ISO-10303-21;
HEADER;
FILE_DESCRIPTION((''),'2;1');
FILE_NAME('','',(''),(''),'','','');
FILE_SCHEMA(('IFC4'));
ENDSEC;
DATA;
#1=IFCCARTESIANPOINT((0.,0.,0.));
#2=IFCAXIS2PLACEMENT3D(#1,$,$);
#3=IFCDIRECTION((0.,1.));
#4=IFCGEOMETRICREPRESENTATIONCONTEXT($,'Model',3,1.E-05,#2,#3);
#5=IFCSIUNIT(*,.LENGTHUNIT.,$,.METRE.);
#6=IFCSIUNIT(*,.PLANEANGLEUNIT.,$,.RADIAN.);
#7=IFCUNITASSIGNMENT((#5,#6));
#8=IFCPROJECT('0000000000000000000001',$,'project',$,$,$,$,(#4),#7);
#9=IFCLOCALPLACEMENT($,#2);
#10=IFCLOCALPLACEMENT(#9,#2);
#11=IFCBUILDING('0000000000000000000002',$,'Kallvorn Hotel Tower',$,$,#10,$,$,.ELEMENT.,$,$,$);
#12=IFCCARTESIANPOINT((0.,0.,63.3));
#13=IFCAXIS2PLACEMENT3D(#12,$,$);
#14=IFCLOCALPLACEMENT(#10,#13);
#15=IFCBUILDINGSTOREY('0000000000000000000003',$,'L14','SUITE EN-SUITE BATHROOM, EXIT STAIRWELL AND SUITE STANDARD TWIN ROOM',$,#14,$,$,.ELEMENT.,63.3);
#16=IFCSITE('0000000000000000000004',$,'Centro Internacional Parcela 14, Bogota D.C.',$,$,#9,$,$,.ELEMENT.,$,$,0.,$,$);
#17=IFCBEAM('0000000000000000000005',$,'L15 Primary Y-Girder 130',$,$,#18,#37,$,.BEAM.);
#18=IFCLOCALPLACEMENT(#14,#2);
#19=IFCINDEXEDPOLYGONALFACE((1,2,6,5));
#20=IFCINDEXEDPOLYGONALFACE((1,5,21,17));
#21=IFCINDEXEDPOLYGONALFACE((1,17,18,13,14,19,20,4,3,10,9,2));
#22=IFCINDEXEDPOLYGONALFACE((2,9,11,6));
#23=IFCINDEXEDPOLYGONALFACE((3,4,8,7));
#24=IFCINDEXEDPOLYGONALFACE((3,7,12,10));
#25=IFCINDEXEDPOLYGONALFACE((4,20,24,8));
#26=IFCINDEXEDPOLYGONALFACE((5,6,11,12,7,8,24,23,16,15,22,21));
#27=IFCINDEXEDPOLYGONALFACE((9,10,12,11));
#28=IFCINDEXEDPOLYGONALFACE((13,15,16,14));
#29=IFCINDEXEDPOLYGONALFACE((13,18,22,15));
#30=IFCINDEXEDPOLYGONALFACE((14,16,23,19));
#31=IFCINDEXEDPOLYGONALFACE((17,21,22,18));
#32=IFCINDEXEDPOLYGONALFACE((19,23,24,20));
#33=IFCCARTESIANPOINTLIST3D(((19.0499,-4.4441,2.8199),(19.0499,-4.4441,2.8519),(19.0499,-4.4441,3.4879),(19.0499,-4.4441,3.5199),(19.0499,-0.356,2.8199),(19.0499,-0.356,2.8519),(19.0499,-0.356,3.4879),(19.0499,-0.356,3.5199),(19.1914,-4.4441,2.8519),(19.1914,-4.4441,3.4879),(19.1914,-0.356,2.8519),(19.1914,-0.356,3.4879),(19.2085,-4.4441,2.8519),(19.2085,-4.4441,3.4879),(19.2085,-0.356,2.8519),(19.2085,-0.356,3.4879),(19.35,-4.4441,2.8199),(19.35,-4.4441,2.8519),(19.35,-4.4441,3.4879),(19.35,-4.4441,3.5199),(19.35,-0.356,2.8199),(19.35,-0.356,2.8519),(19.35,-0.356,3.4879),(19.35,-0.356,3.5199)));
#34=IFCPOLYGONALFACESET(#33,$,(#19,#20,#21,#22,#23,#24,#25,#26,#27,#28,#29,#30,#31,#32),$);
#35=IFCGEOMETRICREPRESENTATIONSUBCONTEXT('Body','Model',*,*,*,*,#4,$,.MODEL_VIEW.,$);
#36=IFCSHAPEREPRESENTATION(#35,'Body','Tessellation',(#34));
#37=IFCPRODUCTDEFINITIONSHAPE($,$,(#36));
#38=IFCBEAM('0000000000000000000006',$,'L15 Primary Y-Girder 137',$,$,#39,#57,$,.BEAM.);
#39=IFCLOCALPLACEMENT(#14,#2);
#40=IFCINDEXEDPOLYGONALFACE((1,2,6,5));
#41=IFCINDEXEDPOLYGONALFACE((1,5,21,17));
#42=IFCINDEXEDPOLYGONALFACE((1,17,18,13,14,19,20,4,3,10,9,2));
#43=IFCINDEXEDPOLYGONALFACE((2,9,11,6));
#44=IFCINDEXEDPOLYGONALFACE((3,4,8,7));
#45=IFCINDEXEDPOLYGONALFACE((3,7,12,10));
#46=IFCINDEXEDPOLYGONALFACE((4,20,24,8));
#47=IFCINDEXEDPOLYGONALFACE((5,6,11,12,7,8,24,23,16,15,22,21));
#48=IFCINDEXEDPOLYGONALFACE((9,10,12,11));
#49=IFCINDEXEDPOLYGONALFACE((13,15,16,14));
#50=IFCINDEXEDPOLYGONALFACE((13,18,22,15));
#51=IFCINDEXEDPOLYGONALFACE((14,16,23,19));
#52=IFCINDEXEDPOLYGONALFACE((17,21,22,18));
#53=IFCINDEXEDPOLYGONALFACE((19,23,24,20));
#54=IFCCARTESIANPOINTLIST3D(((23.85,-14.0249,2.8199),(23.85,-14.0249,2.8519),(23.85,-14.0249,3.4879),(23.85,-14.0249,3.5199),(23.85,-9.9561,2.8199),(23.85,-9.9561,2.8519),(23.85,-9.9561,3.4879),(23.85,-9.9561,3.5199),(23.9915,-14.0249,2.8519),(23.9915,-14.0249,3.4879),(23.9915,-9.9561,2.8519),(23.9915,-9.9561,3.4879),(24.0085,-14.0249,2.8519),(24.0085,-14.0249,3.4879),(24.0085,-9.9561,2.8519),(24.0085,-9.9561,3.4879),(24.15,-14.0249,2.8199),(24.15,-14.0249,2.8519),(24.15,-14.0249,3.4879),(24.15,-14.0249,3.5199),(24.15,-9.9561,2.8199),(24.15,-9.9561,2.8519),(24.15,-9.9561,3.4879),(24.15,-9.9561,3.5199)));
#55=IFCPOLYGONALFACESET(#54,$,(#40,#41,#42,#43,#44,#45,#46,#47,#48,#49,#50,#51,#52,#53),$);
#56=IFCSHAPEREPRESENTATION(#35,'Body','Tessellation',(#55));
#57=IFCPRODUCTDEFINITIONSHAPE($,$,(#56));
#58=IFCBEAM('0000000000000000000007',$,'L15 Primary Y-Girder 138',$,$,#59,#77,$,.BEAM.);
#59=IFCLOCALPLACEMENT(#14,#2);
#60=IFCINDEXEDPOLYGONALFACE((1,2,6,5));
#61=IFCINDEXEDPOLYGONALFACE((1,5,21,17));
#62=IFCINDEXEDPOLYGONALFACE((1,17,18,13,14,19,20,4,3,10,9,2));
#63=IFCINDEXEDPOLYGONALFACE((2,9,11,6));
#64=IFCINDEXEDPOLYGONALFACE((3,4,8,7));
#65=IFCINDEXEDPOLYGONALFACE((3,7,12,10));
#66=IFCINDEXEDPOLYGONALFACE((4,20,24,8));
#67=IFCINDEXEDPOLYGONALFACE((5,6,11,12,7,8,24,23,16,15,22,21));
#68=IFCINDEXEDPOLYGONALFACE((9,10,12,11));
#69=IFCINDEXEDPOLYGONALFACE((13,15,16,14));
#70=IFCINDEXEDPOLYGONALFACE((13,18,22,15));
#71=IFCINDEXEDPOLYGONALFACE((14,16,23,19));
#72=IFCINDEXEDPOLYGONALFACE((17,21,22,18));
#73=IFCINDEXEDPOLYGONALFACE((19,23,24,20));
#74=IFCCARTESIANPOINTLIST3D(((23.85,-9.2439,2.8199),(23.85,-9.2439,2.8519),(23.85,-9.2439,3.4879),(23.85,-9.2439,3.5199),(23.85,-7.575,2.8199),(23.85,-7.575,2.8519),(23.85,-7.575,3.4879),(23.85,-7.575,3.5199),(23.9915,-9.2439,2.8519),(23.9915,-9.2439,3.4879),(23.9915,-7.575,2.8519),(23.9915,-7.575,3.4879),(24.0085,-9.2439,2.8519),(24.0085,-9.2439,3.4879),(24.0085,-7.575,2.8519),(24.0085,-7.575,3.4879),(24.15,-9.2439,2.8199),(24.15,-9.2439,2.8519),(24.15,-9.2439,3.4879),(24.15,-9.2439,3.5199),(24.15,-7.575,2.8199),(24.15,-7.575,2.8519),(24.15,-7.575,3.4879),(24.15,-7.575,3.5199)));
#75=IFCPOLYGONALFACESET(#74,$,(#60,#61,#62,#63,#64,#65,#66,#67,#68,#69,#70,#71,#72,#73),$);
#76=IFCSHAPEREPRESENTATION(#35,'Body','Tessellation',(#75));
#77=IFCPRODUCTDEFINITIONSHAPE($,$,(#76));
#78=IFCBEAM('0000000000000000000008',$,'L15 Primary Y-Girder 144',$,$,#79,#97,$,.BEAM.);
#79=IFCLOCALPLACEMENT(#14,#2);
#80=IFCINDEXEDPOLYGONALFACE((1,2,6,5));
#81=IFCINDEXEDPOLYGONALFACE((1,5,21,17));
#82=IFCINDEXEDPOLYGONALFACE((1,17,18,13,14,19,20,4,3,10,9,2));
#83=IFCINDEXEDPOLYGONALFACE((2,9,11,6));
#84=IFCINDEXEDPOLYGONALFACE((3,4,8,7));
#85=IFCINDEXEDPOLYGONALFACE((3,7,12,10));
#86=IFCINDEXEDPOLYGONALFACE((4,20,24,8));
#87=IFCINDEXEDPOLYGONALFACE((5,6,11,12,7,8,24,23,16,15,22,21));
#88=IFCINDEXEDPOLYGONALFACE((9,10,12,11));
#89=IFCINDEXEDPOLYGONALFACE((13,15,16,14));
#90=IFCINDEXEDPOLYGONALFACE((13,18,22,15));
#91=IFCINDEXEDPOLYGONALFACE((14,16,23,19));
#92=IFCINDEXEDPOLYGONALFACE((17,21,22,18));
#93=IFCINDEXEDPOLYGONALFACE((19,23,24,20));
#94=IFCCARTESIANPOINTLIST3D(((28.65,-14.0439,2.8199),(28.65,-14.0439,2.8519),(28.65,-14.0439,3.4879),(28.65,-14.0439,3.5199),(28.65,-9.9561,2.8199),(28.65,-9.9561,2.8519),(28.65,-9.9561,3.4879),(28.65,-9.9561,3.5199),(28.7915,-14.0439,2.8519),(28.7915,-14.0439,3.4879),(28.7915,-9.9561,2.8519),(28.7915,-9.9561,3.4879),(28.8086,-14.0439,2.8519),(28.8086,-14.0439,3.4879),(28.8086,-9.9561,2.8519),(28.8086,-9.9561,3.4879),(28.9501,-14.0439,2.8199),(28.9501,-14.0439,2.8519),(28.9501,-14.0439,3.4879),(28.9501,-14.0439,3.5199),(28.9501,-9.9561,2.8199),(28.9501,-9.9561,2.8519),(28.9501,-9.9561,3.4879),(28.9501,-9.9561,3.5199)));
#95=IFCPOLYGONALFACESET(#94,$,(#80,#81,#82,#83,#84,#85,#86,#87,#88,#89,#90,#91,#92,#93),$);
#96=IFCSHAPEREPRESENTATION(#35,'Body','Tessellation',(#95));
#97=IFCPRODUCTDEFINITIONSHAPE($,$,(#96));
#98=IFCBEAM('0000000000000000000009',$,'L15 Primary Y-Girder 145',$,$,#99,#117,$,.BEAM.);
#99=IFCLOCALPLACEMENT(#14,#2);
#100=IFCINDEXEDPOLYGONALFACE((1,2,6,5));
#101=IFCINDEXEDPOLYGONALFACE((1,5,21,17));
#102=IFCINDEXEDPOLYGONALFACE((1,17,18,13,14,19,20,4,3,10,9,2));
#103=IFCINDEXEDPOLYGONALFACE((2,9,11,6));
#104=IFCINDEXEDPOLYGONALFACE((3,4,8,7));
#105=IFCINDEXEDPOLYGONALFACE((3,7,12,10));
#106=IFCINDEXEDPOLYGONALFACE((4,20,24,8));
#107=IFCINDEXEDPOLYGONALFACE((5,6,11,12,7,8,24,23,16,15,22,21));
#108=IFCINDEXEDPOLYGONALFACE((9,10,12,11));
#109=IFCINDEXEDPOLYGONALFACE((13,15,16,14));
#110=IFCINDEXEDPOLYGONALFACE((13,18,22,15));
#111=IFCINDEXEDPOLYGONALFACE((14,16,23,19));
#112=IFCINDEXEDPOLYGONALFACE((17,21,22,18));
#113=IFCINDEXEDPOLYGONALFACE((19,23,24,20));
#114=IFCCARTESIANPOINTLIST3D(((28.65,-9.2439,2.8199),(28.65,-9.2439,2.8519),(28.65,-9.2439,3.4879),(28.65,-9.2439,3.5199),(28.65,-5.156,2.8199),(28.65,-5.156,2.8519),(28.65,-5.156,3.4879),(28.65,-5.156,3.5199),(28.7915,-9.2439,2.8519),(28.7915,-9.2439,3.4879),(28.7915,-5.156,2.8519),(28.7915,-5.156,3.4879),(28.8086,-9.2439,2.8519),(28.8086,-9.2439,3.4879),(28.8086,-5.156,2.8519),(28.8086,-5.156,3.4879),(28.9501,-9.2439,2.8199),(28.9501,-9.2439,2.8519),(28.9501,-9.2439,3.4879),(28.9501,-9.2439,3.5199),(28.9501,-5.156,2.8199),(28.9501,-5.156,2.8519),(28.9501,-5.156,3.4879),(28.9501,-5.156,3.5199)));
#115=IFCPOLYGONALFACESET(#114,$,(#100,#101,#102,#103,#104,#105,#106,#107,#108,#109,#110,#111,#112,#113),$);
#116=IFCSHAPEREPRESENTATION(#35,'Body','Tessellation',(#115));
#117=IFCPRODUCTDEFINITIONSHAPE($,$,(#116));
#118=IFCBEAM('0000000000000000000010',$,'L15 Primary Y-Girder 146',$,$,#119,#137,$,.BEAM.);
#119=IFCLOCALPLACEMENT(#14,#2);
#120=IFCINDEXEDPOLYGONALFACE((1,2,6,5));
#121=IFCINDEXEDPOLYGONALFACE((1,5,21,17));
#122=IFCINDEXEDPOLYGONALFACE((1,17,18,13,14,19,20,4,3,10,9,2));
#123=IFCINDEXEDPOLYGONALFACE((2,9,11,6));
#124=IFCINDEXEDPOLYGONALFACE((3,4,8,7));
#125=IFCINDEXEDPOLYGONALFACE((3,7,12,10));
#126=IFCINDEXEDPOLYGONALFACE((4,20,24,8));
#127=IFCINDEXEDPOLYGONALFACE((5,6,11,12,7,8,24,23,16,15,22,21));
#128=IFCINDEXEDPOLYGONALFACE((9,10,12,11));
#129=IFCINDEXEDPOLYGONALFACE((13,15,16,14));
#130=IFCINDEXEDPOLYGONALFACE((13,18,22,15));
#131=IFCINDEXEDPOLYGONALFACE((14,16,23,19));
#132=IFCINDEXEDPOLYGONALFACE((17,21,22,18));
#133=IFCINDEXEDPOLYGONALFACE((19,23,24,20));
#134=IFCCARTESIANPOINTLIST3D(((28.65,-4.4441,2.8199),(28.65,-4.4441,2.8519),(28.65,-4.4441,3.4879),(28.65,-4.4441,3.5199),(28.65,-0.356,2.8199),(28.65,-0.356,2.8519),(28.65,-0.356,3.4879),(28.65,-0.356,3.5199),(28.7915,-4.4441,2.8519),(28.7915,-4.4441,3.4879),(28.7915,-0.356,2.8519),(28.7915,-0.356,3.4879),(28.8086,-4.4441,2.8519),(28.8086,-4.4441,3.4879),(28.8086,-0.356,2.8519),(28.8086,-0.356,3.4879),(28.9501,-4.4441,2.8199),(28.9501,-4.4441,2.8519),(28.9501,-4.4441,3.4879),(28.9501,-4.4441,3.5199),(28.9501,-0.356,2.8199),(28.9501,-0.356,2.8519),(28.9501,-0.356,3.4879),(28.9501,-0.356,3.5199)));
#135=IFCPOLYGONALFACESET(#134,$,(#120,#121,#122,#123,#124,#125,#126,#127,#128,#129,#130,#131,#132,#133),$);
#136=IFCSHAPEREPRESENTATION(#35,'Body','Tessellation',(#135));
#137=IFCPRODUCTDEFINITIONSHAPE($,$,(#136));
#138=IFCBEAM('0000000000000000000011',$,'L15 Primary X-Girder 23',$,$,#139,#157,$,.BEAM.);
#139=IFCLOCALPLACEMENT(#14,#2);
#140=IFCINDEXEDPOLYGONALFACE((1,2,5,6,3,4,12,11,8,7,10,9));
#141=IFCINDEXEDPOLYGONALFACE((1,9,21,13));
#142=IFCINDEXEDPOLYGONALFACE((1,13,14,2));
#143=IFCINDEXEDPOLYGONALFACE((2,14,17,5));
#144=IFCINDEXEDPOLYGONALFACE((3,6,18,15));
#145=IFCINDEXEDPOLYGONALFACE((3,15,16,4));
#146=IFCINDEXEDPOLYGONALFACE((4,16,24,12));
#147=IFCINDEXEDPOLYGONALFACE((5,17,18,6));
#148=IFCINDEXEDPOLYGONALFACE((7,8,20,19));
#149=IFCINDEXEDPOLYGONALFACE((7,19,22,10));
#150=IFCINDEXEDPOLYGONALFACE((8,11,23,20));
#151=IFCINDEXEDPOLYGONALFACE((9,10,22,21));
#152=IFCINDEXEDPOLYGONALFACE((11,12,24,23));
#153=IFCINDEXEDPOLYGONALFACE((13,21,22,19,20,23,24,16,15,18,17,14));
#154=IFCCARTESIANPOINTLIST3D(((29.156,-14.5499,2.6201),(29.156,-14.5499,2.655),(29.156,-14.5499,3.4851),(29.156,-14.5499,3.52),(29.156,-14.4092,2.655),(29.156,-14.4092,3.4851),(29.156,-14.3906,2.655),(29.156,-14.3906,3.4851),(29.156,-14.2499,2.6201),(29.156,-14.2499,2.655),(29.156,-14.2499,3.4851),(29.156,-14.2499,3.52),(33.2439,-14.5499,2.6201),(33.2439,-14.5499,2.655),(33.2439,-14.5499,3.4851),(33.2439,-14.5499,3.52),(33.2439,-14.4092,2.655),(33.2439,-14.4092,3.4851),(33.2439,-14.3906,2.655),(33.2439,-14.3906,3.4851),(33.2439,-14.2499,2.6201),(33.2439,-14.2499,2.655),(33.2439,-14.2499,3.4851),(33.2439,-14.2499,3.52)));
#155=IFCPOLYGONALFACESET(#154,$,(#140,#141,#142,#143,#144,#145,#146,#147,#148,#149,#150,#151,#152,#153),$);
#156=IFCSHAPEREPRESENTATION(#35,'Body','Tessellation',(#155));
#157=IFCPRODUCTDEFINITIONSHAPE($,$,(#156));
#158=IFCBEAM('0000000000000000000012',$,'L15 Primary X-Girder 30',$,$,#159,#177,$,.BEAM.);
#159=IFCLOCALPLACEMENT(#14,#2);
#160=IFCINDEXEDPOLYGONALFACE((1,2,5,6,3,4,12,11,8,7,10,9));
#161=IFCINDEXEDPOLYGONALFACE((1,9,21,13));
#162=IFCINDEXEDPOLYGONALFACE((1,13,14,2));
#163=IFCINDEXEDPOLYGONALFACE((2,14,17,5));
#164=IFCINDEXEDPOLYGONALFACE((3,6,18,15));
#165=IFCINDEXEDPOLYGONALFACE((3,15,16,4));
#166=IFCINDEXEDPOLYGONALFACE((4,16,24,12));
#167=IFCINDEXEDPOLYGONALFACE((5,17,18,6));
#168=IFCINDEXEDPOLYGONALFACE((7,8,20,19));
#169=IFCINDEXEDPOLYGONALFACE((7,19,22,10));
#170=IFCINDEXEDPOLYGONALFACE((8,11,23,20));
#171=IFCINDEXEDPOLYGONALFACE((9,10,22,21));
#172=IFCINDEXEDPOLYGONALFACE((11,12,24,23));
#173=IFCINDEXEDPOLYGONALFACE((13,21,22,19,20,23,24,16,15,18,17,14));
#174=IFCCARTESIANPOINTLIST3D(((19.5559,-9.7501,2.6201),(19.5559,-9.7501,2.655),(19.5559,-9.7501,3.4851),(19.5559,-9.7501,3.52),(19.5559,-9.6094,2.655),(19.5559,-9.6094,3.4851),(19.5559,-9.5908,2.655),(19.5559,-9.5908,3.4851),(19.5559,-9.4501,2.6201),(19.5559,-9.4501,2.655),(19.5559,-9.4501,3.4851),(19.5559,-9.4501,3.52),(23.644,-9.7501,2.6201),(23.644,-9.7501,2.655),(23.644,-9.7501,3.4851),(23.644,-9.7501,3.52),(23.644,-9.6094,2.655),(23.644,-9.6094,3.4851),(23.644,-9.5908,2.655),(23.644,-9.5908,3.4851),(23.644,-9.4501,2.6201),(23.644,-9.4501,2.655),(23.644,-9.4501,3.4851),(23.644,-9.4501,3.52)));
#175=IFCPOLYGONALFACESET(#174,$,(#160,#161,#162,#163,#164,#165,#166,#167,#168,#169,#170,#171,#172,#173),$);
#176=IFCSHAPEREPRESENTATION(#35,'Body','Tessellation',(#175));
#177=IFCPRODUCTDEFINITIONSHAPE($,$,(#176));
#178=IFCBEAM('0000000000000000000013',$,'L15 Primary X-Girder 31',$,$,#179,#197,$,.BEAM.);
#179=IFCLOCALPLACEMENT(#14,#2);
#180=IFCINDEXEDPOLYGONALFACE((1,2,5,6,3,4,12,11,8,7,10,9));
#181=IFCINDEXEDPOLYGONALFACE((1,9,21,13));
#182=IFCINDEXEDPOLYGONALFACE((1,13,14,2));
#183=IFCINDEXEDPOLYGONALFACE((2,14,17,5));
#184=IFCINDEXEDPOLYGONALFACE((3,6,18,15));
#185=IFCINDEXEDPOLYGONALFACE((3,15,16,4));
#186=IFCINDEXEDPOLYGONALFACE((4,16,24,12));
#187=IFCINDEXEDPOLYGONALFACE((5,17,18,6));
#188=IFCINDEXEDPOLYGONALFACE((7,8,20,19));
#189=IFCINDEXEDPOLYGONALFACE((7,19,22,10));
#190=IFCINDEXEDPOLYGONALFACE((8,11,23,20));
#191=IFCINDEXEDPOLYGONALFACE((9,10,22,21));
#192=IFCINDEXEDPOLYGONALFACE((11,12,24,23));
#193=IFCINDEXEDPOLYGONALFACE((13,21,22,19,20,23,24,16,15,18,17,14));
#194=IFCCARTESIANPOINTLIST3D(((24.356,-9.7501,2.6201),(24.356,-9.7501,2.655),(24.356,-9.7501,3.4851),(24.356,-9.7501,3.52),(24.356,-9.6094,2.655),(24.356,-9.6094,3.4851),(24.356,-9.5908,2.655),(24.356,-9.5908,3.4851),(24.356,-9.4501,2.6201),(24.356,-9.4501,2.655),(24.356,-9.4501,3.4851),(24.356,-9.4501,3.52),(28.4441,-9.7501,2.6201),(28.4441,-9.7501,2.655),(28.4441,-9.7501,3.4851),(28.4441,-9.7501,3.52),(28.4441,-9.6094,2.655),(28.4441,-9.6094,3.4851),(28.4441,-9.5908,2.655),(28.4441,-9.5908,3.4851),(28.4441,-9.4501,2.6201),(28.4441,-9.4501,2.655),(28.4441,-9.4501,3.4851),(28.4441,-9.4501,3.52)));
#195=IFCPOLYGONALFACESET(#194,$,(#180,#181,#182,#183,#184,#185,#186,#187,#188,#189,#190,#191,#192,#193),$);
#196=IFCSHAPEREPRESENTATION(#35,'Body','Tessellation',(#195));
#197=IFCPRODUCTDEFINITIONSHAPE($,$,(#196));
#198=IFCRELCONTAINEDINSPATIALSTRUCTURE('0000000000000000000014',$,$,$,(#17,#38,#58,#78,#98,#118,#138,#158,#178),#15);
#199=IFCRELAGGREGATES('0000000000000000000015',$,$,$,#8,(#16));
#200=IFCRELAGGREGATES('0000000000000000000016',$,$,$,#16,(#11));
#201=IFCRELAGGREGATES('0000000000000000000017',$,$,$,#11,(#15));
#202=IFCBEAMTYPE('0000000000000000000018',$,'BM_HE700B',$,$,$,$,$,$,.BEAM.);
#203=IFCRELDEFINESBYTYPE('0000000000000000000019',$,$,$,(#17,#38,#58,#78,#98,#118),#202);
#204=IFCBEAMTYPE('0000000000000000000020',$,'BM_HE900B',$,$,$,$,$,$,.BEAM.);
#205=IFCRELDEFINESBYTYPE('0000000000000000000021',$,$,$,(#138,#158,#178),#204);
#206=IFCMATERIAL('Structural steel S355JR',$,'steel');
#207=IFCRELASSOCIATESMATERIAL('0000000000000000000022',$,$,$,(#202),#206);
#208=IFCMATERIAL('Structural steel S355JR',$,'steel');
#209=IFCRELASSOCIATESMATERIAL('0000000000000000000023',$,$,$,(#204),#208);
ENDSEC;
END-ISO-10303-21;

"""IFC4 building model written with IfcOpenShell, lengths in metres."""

from ifc_helpers import new_model, si_unit, direction, frame, origin, origin_2d, place, context, subcontext, project, spatial, i_section, extrude, material, material_profile, profile_set, type_object, element, save


model = new_model("IFC4")

# Units and contexts
model_context = context("Model", 3, precision=1e-05, world=origin(), true_north=direction((0.0, 1.0)))
body_context = subcontext(model_context, "Body", "Model", "MODEL_VIEW")
ifc_project = project(units=[si_unit("LENGTHUNIT", "METRE"), si_unit("PLANEANGLEUNIT", "RADIAN")], contexts=[model_context])

# Site, building, storey
site_placement = place(None, origin())
site = spatial("IfcSite", under=ifc_project, at=site_placement, Name="Centro Internacional Parcela 14, Bogota D.C.", CompositionType="ELEMENT", RefElevation=0.0)
building_placement = place(site_placement, origin())
building = spatial("IfcBuilding", under=site, at=building_placement, Name="Kallvorn Hotel Tower", CompositionType="ELEMENT")
storey_placement = place(building_placement, frame((0.0, 0.0, 63.3)))
storey = spatial("IfcBuildingStorey", under=building, at=storey_placement, Name="L14", Description="SUITE EN-SUITE BATHROOM, EXIT STAIRWELL AND SUITE STANDARD TWIN ROOM", CompositionType="ELEMENT", Elevation=63.3)

# Beams
ifc_material_1 = material(Name="Structural steel S355JR", Category="steel")
ifc_material_profile_1 = material_profile(ifc_material_1, i_section(OverallWidth=0.3, OverallDepth=0.7, WebThickness=0.0171, FlangeThickness=0.032, at=origin_2d()), Name="HE 700 B")
ifc_profile_set_1 = profile_set([ifc_material_profile_1], Name="Structural steel S355JR")
beam_type_1 = type_object("IfcBeamType", Name="BM_HE700B", PredefinedType="BEAM", material=ifc_profile_set_1)
beam_1_placement = place(storey_placement, frame((19.2, -4.4441, 3.1699), z_axis=(0.0, 1.0, 0.0), x_axis=(-1.0, 0.0, 0.0)))
element("IfcBeam", 1, at=beam_1_placement, inside=storey, type_object=beam_type_1, Name="L15 Primary Y-Girder 130", PredefinedType="BEAM", context=body_context, shape_type="SweptSolid", body=[
    extrude(i_section(OverallWidth=0.3, OverallDepth=0.7, WebThickness=0.0171, FlangeThickness=0.032, at=origin_2d()), origin(), (0.0, 0.0, 1.0), 4.0881),
])
beam_2_placement = place(storey_placement, frame((24.0, -14.0249, 3.1699), z_axis=(0.0, 1.0, 0.0), x_axis=(-1.0, 0.0, 0.0)))
element("IfcBeam", 2, at=beam_2_placement, inside=storey, type_object=beam_type_1, Name="L15 Primary Y-Girder 137", PredefinedType="BEAM", context=body_context, shape_type="SweptSolid", body=[
    extrude(i_section(OverallWidth=0.3, OverallDepth=0.7, WebThickness=0.0171, FlangeThickness=0.032, at=origin_2d()), origin(), (0.0, 0.0, 1.0), 4.0688),
])
beam_3_placement = place(storey_placement, frame((24.0, -9.2439, 3.1699), z_axis=(0.0, 1.0, 0.0), x_axis=(-1.0, 0.0, 0.0)))
element("IfcBeam", 3, at=beam_3_placement, inside=storey, type_object=beam_type_1, Name="L15 Primary Y-Girder 138", PredefinedType="BEAM", context=body_context, shape_type="SweptSolid", body=[
    extrude(i_section(OverallWidth=0.3, OverallDepth=0.7, WebThickness=0.0171, FlangeThickness=0.032, at=origin_2d()), origin(), (0.0, 0.0, 1.0), 1.6689),
])
for number, where, z_axis, x_axis, name in (
    (4, (28.8, -14.0439, 3.1699), (0.0, 1.0, 0.0), (-1.0, 0.0, 0.0), "L15 Primary Y-Girder 144"),
    (5, (28.8, -9.2439, 3.1699), (0.0, 1.0, 0.0), (-1.0, 0.0, 0.0), "L15 Primary Y-Girder 145"),
):
    element("IfcBeam", number, at=place(storey_placement, frame(where, z_axis=z_axis, x_axis=x_axis)), inside=storey, type_object=beam_type_1, Name=name, PredefinedType="BEAM", context=body_context, shape_type="SweptSolid", body=[
        extrude(i_section(OverallWidth=0.3, OverallDepth=0.7, WebThickness=0.0171, FlangeThickness=0.032, at=origin_2d()), origin(), (0.0, 0.0, 1.0), 4.0879),
    ])
beam_4_placement = place(storey_placement, frame((28.8, -4.4441, 3.1699), z_axis=(0.0, 1.0, 0.0), x_axis=(-1.0, 0.0, 0.0)))
element("IfcBeam", 6, at=beam_4_placement, inside=storey, type_object=beam_type_1, Name="L15 Primary Y-Girder 146", PredefinedType="BEAM", context=body_context, shape_type="SweptSolid", body=[
    extrude(i_section(OverallWidth=0.3, OverallDepth=0.7, WebThickness=0.0171, FlangeThickness=0.032, at=origin_2d()), origin(), (0.0, 0.0, 1.0), 4.0881),
])
ifc_material_2 = material(Name="Structural steel S355JR", Category="steel")
ifc_material_profile_2 = material_profile(ifc_material_2, i_section(OverallWidth=0.3, OverallDepth=0.8999, WebThickness=0.0186, FlangeThickness=0.0349, at=origin_2d()), Name="HE 900 B")
ifc_profile_set_2 = profile_set([ifc_material_profile_2], Name="Structural steel S355JR")
beam_type_2 = type_object("IfcBeamType", Name="BM_HE900B", PredefinedType="BEAM", material=ifc_profile_set_2)
beam_5_placement = place(storey_placement, frame((29.156, -14.3999, 3.0701), z_axis=(1.0, 0.0, 0.0), x_axis=(0.0, 1.0, 0.0)))
element("IfcBeam", 7, at=beam_5_placement, inside=storey, type_object=beam_type_2, Name="L15 Primary X-Girder 23", PredefinedType="BEAM", context=body_context, shape_type="SweptSolid", body=[
    extrude(i_section(OverallWidth=0.3, OverallDepth=0.8999, WebThickness=0.0186, FlangeThickness=0.0349, at=origin_2d()), origin(), (0.0, 0.0, 1.0), 4.0879),
])
for number, where, z_axis, x_axis, name in (
    (8, (19.5559, -9.6001, 3.0701), (1.0, 0.0, 0.0), (0.0, 1.0, 0.0), "L15 Primary X-Girder 30"),
    (9, (24.356, -9.6001, 3.0701), (1.0, 0.0, 0.0), (0.0, 1.0, 0.0), "L15 Primary X-Girder 31"),
):
    element("IfcBeam", number, at=place(storey_placement, frame(where, z_axis=z_axis, x_axis=x_axis)), inside=storey, type_object=beam_type_2, Name=name, PredefinedType="BEAM", context=body_context, shape_type="SweptSolid", body=[
        extrude(i_section(OverallWidth=0.3, OverallDepth=0.8999, WebThickness=0.0186, FlangeThickness=0.0349, at=origin_2d()), origin(), (0.0, 0.0, 1.0), 4.0881),
    ])

save(model, "model.ifc")
